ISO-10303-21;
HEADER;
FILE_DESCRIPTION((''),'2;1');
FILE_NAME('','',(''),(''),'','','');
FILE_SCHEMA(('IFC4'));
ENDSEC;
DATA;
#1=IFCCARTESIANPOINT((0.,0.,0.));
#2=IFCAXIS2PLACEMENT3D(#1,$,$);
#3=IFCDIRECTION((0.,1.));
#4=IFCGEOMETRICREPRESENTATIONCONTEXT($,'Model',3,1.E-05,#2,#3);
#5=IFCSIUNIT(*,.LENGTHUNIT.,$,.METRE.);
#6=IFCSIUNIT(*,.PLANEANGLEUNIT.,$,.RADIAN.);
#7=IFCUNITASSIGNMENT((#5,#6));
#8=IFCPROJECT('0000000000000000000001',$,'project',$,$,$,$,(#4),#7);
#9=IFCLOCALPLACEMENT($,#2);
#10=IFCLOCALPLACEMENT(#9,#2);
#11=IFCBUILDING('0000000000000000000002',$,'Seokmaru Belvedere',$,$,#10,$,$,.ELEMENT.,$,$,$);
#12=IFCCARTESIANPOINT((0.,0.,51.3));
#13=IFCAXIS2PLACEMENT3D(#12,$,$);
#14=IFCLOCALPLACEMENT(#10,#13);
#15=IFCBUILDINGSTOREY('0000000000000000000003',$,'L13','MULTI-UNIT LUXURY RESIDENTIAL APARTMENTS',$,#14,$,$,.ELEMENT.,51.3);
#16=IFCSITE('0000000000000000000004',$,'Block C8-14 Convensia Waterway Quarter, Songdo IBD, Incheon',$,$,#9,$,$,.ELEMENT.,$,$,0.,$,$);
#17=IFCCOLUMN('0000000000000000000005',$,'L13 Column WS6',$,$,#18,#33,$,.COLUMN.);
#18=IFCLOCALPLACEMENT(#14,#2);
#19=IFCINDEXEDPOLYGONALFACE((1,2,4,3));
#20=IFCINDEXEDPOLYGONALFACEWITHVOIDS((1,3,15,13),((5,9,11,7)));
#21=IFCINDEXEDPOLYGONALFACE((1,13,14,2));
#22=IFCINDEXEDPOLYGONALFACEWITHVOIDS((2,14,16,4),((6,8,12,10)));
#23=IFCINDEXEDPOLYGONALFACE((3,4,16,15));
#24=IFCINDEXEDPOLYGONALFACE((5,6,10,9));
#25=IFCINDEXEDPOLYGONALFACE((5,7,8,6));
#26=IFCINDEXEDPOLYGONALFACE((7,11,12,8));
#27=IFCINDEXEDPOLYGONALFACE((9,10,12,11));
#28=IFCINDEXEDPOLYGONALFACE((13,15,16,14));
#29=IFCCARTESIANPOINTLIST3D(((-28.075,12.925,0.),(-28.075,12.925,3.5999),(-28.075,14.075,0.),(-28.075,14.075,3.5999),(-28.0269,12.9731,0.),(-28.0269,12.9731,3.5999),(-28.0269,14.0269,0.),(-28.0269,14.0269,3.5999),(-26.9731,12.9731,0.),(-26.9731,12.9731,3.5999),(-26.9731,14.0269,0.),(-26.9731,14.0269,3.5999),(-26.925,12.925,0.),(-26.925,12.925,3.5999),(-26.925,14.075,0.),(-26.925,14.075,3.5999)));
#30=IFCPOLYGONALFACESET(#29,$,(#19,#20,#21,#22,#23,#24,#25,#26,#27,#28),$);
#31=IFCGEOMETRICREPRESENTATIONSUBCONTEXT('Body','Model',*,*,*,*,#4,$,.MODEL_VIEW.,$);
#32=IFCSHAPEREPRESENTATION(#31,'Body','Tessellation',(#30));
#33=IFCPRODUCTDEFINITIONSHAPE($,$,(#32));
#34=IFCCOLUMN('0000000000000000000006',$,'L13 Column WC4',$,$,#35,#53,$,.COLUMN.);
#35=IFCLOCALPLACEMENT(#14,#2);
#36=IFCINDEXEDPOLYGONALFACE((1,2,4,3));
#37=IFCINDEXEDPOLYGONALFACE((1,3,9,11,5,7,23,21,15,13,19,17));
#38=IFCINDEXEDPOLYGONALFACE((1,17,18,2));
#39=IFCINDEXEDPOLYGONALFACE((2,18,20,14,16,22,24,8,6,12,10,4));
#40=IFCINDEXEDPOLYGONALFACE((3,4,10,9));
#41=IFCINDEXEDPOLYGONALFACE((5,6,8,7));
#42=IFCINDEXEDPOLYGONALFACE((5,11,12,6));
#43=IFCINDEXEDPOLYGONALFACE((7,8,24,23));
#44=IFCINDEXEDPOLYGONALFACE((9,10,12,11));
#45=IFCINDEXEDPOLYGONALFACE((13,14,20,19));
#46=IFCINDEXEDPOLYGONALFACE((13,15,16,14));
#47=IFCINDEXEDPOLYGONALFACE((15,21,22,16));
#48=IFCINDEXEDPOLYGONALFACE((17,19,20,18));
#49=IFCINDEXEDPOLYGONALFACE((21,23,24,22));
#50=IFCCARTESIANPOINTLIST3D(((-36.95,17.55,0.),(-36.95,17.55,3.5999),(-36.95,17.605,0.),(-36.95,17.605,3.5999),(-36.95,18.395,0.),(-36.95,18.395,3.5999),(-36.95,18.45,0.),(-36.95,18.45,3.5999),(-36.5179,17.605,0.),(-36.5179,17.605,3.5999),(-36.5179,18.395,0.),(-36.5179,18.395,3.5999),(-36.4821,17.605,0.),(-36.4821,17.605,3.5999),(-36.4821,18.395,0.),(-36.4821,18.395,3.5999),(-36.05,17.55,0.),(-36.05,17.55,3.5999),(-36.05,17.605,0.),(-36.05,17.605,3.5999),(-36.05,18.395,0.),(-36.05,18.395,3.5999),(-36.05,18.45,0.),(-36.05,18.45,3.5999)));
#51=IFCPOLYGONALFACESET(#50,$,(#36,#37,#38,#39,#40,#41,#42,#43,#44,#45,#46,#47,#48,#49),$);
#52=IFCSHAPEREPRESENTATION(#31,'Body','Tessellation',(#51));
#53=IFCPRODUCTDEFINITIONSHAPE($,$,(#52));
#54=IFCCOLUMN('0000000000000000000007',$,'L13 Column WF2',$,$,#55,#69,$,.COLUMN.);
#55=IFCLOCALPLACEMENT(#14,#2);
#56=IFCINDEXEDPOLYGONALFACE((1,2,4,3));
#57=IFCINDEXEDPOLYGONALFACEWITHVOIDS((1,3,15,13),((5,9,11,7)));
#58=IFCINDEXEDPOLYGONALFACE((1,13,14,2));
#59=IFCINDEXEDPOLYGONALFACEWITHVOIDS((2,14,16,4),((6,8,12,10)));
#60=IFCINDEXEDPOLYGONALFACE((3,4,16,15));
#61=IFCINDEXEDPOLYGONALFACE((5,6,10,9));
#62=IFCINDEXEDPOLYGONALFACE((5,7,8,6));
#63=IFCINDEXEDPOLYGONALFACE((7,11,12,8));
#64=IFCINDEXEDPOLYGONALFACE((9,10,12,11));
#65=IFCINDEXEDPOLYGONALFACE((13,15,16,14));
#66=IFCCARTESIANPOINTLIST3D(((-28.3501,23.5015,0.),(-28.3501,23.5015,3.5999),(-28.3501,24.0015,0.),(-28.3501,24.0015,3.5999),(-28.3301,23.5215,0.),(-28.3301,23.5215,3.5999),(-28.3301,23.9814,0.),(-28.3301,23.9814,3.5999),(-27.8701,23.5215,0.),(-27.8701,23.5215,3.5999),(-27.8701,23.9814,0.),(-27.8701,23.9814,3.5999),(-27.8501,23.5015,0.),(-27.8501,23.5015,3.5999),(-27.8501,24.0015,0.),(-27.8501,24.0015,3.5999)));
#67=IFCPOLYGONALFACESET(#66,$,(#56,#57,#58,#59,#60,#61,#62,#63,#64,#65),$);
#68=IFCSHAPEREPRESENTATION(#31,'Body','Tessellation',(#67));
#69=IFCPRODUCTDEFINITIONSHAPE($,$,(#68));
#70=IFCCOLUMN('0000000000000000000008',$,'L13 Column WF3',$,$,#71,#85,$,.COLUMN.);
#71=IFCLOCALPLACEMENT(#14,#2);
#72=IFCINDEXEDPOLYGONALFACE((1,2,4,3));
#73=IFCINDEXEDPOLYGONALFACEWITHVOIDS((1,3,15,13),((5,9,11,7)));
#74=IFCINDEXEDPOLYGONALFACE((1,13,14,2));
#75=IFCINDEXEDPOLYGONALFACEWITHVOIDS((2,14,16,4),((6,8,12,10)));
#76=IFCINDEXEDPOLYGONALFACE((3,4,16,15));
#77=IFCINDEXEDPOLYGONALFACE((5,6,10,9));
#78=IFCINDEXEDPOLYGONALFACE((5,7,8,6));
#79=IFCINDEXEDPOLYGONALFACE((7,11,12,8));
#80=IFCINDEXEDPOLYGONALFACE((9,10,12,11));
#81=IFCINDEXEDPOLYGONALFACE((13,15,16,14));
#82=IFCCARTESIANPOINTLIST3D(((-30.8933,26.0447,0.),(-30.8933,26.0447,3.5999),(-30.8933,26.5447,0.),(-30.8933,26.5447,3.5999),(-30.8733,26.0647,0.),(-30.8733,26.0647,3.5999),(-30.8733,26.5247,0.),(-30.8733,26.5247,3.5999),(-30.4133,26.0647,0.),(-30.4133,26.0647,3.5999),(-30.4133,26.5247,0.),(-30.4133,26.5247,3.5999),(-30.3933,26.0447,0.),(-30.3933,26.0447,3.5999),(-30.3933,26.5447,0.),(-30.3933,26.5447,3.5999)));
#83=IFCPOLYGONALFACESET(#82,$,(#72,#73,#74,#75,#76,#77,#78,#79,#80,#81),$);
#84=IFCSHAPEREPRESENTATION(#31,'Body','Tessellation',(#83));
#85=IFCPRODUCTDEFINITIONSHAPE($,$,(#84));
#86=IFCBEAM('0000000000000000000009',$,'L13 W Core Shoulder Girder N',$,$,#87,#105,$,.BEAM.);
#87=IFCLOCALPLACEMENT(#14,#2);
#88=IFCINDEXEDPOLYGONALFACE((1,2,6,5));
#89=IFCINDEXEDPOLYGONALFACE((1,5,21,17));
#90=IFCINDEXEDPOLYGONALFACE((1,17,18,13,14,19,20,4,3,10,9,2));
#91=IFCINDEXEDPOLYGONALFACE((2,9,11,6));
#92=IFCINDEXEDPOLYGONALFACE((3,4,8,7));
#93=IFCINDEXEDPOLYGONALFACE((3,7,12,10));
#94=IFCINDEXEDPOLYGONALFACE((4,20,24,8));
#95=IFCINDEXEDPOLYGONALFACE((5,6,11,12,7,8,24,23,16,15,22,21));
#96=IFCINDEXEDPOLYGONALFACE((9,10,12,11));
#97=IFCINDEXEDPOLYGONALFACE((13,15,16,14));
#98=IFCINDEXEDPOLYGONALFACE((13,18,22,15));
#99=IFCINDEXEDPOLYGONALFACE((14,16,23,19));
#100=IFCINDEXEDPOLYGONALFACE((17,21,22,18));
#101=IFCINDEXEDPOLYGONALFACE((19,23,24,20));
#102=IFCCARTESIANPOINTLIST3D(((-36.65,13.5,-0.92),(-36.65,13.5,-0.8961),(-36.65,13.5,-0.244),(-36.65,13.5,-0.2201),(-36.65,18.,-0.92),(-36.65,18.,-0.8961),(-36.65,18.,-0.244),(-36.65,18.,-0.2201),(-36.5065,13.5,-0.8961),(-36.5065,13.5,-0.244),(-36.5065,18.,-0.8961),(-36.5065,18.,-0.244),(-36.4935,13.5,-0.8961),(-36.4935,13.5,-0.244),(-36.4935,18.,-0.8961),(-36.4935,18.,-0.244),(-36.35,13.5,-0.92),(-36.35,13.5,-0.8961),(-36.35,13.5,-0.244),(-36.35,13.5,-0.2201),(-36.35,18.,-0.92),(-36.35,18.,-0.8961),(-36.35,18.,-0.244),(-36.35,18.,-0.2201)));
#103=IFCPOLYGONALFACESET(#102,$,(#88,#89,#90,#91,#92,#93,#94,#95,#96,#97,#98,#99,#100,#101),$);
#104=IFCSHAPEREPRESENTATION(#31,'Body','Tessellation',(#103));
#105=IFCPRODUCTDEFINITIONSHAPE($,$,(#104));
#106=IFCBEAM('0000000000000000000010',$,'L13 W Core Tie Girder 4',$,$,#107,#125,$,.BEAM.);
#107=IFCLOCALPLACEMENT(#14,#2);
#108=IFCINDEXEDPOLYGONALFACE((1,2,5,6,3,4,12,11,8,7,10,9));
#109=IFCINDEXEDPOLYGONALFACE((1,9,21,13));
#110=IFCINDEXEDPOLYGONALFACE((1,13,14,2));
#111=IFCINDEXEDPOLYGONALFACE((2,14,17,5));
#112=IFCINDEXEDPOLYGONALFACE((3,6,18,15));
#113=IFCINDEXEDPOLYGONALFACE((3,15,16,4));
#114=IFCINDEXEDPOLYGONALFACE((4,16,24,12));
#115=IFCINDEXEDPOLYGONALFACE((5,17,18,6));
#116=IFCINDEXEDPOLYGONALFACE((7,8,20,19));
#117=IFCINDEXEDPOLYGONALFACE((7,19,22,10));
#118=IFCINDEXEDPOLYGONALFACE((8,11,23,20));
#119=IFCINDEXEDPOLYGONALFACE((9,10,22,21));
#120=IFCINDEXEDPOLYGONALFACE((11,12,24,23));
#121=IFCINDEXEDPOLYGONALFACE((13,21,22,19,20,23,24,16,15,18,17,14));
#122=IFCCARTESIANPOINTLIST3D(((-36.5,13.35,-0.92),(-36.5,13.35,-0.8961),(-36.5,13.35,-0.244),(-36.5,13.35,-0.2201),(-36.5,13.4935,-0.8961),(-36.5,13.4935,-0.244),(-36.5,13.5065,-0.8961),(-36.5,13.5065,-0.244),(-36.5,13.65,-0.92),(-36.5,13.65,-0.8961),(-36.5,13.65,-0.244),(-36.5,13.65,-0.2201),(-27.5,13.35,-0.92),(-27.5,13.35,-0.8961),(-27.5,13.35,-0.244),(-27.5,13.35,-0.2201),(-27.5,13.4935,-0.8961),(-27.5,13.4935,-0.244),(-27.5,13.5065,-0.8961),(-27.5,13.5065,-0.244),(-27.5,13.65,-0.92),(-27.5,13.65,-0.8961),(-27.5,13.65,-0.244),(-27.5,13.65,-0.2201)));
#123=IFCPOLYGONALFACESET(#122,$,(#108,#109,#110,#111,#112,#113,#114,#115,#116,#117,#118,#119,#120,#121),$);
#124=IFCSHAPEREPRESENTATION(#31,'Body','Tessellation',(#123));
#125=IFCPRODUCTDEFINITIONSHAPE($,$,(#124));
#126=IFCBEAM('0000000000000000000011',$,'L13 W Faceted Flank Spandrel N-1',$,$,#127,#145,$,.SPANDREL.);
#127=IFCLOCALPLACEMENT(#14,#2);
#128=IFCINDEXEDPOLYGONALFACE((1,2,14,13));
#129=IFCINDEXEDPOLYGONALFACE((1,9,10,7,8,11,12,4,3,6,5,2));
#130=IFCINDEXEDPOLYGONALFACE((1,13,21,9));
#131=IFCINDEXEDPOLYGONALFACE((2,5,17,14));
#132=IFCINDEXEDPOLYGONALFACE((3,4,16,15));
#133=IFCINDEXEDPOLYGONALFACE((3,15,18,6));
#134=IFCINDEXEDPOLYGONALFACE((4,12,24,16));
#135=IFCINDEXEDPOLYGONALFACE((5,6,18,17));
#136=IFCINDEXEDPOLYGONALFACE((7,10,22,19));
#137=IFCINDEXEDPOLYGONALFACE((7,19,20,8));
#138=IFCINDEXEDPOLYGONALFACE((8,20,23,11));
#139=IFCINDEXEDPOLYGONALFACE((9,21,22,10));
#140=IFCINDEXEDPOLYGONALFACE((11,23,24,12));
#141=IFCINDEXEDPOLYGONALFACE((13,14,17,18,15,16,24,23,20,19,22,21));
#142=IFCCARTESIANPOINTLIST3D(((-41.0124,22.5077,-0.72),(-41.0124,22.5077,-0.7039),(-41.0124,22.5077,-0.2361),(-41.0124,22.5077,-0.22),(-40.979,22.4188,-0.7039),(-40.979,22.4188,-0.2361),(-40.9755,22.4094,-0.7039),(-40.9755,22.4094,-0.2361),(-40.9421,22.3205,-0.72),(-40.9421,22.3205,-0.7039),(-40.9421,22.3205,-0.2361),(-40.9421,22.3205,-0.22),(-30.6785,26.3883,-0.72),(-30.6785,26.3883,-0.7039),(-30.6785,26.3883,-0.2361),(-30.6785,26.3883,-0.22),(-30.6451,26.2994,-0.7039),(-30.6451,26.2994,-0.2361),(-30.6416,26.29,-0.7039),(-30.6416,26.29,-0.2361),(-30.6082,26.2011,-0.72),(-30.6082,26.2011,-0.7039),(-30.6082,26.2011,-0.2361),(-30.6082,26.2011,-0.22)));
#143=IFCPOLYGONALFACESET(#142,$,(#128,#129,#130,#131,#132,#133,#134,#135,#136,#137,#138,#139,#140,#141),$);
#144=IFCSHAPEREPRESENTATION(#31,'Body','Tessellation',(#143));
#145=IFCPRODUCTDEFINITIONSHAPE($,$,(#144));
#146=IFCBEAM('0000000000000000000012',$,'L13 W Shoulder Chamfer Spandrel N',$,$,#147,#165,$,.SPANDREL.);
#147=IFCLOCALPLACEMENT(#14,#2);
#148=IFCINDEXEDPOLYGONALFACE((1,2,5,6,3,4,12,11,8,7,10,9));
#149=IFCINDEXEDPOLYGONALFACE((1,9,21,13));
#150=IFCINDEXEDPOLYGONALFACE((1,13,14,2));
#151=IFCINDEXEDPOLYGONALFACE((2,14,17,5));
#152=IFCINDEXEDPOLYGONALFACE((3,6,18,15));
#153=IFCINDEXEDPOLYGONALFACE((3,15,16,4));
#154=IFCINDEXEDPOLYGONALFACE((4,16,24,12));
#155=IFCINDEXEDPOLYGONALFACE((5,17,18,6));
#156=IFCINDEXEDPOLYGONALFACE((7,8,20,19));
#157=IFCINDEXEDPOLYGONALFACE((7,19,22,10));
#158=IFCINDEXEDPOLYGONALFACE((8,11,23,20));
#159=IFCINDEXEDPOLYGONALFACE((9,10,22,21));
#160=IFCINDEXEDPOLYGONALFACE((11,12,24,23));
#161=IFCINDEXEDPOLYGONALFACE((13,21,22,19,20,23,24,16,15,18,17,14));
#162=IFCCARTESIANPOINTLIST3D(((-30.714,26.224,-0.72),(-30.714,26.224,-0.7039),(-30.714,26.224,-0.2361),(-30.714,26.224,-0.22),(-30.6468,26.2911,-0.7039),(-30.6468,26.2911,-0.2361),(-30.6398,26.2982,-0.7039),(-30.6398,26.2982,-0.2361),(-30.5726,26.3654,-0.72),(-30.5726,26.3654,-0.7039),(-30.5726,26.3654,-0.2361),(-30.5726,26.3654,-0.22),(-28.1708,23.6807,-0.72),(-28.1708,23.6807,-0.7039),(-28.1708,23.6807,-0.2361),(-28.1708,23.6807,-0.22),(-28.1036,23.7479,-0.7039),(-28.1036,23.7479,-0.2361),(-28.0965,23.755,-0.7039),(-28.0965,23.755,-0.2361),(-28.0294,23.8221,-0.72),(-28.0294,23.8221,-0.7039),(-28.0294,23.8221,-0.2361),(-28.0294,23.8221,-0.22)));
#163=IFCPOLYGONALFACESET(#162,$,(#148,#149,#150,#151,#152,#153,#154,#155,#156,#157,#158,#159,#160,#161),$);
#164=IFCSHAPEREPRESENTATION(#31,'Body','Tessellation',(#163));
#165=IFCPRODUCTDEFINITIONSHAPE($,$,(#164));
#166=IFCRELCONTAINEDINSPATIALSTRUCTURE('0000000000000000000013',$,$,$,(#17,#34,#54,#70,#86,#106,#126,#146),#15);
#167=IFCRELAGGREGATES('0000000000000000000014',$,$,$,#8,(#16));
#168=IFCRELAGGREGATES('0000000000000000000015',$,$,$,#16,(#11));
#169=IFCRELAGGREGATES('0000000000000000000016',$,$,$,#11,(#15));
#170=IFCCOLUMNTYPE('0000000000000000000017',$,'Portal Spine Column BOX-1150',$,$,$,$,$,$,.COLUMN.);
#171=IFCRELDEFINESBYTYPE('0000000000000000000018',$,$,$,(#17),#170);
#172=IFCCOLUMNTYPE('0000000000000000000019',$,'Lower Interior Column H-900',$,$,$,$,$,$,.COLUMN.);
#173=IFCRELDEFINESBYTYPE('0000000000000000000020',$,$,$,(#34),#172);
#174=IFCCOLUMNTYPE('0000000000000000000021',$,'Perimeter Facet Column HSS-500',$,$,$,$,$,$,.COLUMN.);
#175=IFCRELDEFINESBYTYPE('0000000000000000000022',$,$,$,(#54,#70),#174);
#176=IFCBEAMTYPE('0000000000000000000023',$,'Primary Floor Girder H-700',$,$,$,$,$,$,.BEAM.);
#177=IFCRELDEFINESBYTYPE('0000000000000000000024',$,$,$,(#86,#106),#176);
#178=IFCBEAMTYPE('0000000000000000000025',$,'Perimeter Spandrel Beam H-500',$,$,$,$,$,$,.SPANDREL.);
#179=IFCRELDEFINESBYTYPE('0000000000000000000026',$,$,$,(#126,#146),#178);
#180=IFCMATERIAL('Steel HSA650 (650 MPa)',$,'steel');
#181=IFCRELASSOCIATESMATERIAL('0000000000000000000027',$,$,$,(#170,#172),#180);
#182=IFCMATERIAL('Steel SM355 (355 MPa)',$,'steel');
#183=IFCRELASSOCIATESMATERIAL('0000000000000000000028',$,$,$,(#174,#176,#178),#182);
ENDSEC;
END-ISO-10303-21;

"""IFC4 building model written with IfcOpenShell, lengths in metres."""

from ifc_helpers import new_model, si_unit, direction, frame, origin, origin_2d, place, context, subcontext, project, spatial, hollow_rectangle, i_section, extrude, source, transform, mapped, material, material_profile, profile_set, type_object, type_shapes, element, save


model = new_model("IFC4")

# Units and contexts
model_context = context("Model", 3, precision=1e-05, world=origin(), true_north=direction((0.0, 1.0)))
body_context = subcontext(model_context, "Body", "Model", "MODEL_VIEW")
ifc_project = project(units=[si_unit("LENGTHUNIT", "METRE"), si_unit("PLANEANGLEUNIT", "RADIAN")], contexts=[model_context])

# Site, building, storey
site_placement = place(None, origin())
site = spatial("IfcSite", under=ifc_project, at=site_placement, Name="Block C8-14 Convensia Waterway Quarter, Songdo IBD, Incheon", CompositionType="ELEMENT", RefElevation=0.0)
building_placement = place(site_placement, origin())
building = spatial("IfcBuilding", under=site, at=building_placement, Name="Seokmaru Belvedere", CompositionType="ELEMENT")
storey_placement = place(building_placement, frame((0.0, 0.0, 51.3)))
storey = spatial("IfcBuildingStorey", under=building, at=storey_placement, Name="L13", Description="MULTI-UNIT LUXURY RESIDENTIAL APARTMENTS", CompositionType="ELEMENT", Elevation=51.3)

# Columns
ifc_material_1 = material(Name="Steel HSA650 (650 MPa)", Category="steel")
ifc_material_profile_1 = material_profile(ifc_material_1, hollow_rectangle(XDim=1.1499, YDim=1.1499, WallThickness=0.0481, at=origin_2d()), Name="BOX-1150x1150x48")
ifc_profile_set_1 = profile_set([ifc_material_profile_1], Name="Steel HSA650 (650 MPa)")
column_type_1 = type_object("IfcColumnType", Name="Portal Spine Column BOX-1150", PredefinedType="COLUMN", material=ifc_profile_set_1)
shared_shape_1 = source(origin(), body_context, "Body", "SweptSolid", [
    extrude(hollow_rectangle(XDim=1.1499, YDim=1.1499, WallThickness=0.0481, at=origin_2d()), origin(), (0.0, 0.0, 1.0), 3.5999),
])
type_shapes(column_type_1, [shared_shape_1])
column_1_placement = place(storey_placement, frame((-27.5, 13.5, 0.0), z_axis=(0.0, 0.0, 1.0), x_axis=(1.0, 0.0, 0.0)))
element("IfcColumn", 1, at=column_1_placement, inside=storey, type_object=column_type_1, Name="L13 Column WS6", PredefinedType="COLUMN", context=body_context, shape_type="MappedRepresentation", body=[
    mapped(shared_shape_1, transform((0.0, 0.0, 0.0), scale=1.0)),
])
ifc_material_profile_2 = material_profile(ifc_material_1, i_section(OverallWidth=0.8999, OverallDepth=0.8999, WebThickness=0.0359, FlangeThickness=0.0549, at=origin_2d()), Name="H-900x900x36x55")
ifc_profile_set_2 = profile_set([ifc_material_profile_2], Name="Steel HSA650 (650 MPa)")
column_type_2 = type_object("IfcColumnType", Name="Lower Interior Column H-900", PredefinedType="COLUMN", material=ifc_profile_set_2)
shared_shape_2 = source(origin(), body_context, "Body", "SweptSolid", [
    extrude(i_section(OverallWidth=0.8999, OverallDepth=0.8999, WebThickness=0.0359, FlangeThickness=0.0549, at=origin_2d()), origin(), (0.0, 0.0, 1.0), 3.5999),
])
type_shapes(column_type_2, [shared_shape_2])
column_2_placement = place(storey_placement, frame((-36.5, 18.0, 0.0), z_axis=(0.0, 0.0, 1.0), x_axis=(1.0, 0.0, 0.0)))
element("IfcColumn", 2, at=column_2_placement, inside=storey, type_object=column_type_2, Name="L13 Column WC4", PredefinedType="COLUMN", context=body_context, shape_type="MappedRepresentation", body=[
    mapped(shared_shape_2, transform((0.0, 0.0, 0.0), scale=1.0)),
])
ifc_material_2 = material(Name="Steel SM355 (355 MPa)", Category="steel")
ifc_material_profile_3 = material_profile(ifc_material_2, hollow_rectangle(XDim=0.5, YDim=0.5, WallThickness=0.02, at=origin_2d()), Name="HSS-500x500x20")
ifc_profile_set_3 = profile_set([ifc_material_profile_3], Name="Steel SM355 (355 MPa)")
column_type_3 = type_object("IfcColumnType", Name="Perimeter Facet Column HSS-500", PredefinedType="COLUMN", material=ifc_profile_set_3)
shared_shape_3 = source(origin(), body_context, "Body", "SweptSolid", [
    extrude(hollow_rectangle(XDim=0.5, YDim=0.5, WallThickness=0.02, at=origin_2d()), origin(), (0.0, 0.0, 1.0), 3.5999),
])
type_shapes(column_type_3, [shared_shape_3])
for number, where, z_axis, x_axis, name in (
    (3, (-28.1001, 23.7515, 0.0), (0.0, 0.0, 1.0), (1.0, 0.0, 0.0), "L13 Column WF2"),
    (4, (-30.6433, 26.2947, 0.0), (0.0, 0.0, 1.0), (1.0, 0.0, 0.0), "L13 Column WF3"),
):
    element("IfcColumn", number, at=place(storey_placement, frame(where, z_axis=z_axis, x_axis=x_axis)), inside=storey, type_object=column_type_3, Name=name, PredefinedType="COLUMN", context=body_context, shape_type="MappedRepresentation", body=[
        mapped(shared_shape_3, transform((0.0, 0.0, 0.0), scale=1.0)),
    ])

# Beams
ifc_material_profile_4 = material_profile(ifc_material_2, i_section(OverallWidth=0.3, OverallDepth=0.7, WebThickness=0.0129, FlangeThickness=0.0239, at=origin_2d()), Name="H-700x300x13x24")
ifc_profile_set_4 = profile_set([ifc_material_profile_4], Name="Steel SM355 (355 MPa)")
beam_type_1 = type_object("IfcBeamType", Name="Primary Floor Girder H-700", PredefinedType="BEAM", material=ifc_profile_set_4)
shared_shape_4 = source(origin(), body_context, "Body", "SweptSolid", [
    extrude(i_section(OverallWidth=0.3, OverallDepth=0.7, WebThickness=0.0129, FlangeThickness=0.0239, at=origin_2d()), origin(), (0.0, 0.0, 1.0), 4.5),
])
beam_1_placement = place(storey_placement, frame((-36.5, 13.5, -0.5701), z_axis=(0.0, 1.0, 0.0), x_axis=(-1.0, 0.0, 0.0)))
element("IfcBeam", 5, at=beam_1_placement, inside=storey, type_object=beam_type_1, Name="L13 W Core Shoulder Girder N", PredefinedType="BEAM", context=body_context, shape_type="MappedRepresentation", body=[
    mapped(shared_shape_4, transform((0.0, 0.0, 0.0), scale=1.0)),
])
shared_shape_5 = source(origin(), body_context, "Body", "SweptSolid", [
    extrude(i_section(OverallWidth=0.3, OverallDepth=0.7, WebThickness=0.0129, FlangeThickness=0.0239, at=origin_2d()), origin(), (0.0, 0.0, 1.0), 9.0),
])
type_shapes(beam_type_1, [shared_shape_4, shared_shape_5])
beam_2_placement = place(storey_placement, frame((-36.5, 13.5, -0.5701), z_axis=(1.0, 0.0, 0.0), x_axis=(0.0, 1.0, 0.0)))
element("IfcBeam", 6, at=beam_2_placement, inside=storey, type_object=beam_type_1, Name="L13 W Core Tie Girder 4", PredefinedType="BEAM", context=body_context, shape_type="MappedRepresentation", body=[
    mapped(shared_shape_5, transform((0.0, 0.0, 0.0), scale=1.0)),
])
ifc_material_profile_5 = material_profile(ifc_material_2, i_section(OverallWidth=0.2, OverallDepth=0.5, WebThickness=0.01, FlangeThickness=0.0161, at=origin_2d()), Name="H-500x200x10x16")
ifc_profile_set_5 = profile_set([ifc_material_profile_5], Name="Steel SM355 (355 MPa)")
beam_type_2 = type_object("IfcBeamType", Name="Perimeter Spandrel Beam H-500", PredefinedType="SPANDREL", material=ifc_profile_set_5)
shared_shape_6 = source(origin(), body_context, "Body", "SweptSolid", [
    extrude(i_section(OverallWidth=0.2, OverallDepth=0.5, WebThickness=0.01, FlangeThickness=0.0161, at=origin_2d()), origin(), (0.0, 0.0, 1.0), 11.0386),
])
beam_3_placement = place(storey_placement, frame((-30.6433, 26.2947, -0.47), z_axis=(-0.936169, -0.35155, 0.0), x_axis=(0.35155, -0.936169, 0.0)))
element("IfcBeam", 7, at=beam_3_placement, inside=storey, type_object=beam_type_2, Name="L13 W Faceted Flank Spandrel N-1", PredefinedType="SPANDREL", context=body_context, shape_type="MappedRepresentation", body=[
    mapped(shared_shape_6, transform((0.0, 0.0, 0.0), scale=1.0)),
])
shared_shape_7 = source(origin(), body_context, "Body", "SweptSolid", [
    extrude(i_section(OverallWidth=0.2, OverallDepth=0.5, WebThickness=0.01, FlangeThickness=0.0161, at=origin_2d()), origin(), (0.0, 0.0, 1.0), 3.5967),
])
beam_4_placement = place(storey_placement, frame((-30.6433, 26.2947, -0.47), z_axis=(0.707107, -0.707107, 0.0), x_axis=(0.707107, 0.707107, 0.0)))
element("IfcBeam", 8, at=beam_4_placement, inside=storey, type_object=beam_type_2, Name="L13 W Shoulder Chamfer Spandrel N", PredefinedType="SPANDREL", context=body_context, shape_type="MappedRepresentation", body=[
    mapped(shared_shape_7, transform((0.0, 0.0, 0.0), scale=1.0)),
])

save(model, "model.ifc")
